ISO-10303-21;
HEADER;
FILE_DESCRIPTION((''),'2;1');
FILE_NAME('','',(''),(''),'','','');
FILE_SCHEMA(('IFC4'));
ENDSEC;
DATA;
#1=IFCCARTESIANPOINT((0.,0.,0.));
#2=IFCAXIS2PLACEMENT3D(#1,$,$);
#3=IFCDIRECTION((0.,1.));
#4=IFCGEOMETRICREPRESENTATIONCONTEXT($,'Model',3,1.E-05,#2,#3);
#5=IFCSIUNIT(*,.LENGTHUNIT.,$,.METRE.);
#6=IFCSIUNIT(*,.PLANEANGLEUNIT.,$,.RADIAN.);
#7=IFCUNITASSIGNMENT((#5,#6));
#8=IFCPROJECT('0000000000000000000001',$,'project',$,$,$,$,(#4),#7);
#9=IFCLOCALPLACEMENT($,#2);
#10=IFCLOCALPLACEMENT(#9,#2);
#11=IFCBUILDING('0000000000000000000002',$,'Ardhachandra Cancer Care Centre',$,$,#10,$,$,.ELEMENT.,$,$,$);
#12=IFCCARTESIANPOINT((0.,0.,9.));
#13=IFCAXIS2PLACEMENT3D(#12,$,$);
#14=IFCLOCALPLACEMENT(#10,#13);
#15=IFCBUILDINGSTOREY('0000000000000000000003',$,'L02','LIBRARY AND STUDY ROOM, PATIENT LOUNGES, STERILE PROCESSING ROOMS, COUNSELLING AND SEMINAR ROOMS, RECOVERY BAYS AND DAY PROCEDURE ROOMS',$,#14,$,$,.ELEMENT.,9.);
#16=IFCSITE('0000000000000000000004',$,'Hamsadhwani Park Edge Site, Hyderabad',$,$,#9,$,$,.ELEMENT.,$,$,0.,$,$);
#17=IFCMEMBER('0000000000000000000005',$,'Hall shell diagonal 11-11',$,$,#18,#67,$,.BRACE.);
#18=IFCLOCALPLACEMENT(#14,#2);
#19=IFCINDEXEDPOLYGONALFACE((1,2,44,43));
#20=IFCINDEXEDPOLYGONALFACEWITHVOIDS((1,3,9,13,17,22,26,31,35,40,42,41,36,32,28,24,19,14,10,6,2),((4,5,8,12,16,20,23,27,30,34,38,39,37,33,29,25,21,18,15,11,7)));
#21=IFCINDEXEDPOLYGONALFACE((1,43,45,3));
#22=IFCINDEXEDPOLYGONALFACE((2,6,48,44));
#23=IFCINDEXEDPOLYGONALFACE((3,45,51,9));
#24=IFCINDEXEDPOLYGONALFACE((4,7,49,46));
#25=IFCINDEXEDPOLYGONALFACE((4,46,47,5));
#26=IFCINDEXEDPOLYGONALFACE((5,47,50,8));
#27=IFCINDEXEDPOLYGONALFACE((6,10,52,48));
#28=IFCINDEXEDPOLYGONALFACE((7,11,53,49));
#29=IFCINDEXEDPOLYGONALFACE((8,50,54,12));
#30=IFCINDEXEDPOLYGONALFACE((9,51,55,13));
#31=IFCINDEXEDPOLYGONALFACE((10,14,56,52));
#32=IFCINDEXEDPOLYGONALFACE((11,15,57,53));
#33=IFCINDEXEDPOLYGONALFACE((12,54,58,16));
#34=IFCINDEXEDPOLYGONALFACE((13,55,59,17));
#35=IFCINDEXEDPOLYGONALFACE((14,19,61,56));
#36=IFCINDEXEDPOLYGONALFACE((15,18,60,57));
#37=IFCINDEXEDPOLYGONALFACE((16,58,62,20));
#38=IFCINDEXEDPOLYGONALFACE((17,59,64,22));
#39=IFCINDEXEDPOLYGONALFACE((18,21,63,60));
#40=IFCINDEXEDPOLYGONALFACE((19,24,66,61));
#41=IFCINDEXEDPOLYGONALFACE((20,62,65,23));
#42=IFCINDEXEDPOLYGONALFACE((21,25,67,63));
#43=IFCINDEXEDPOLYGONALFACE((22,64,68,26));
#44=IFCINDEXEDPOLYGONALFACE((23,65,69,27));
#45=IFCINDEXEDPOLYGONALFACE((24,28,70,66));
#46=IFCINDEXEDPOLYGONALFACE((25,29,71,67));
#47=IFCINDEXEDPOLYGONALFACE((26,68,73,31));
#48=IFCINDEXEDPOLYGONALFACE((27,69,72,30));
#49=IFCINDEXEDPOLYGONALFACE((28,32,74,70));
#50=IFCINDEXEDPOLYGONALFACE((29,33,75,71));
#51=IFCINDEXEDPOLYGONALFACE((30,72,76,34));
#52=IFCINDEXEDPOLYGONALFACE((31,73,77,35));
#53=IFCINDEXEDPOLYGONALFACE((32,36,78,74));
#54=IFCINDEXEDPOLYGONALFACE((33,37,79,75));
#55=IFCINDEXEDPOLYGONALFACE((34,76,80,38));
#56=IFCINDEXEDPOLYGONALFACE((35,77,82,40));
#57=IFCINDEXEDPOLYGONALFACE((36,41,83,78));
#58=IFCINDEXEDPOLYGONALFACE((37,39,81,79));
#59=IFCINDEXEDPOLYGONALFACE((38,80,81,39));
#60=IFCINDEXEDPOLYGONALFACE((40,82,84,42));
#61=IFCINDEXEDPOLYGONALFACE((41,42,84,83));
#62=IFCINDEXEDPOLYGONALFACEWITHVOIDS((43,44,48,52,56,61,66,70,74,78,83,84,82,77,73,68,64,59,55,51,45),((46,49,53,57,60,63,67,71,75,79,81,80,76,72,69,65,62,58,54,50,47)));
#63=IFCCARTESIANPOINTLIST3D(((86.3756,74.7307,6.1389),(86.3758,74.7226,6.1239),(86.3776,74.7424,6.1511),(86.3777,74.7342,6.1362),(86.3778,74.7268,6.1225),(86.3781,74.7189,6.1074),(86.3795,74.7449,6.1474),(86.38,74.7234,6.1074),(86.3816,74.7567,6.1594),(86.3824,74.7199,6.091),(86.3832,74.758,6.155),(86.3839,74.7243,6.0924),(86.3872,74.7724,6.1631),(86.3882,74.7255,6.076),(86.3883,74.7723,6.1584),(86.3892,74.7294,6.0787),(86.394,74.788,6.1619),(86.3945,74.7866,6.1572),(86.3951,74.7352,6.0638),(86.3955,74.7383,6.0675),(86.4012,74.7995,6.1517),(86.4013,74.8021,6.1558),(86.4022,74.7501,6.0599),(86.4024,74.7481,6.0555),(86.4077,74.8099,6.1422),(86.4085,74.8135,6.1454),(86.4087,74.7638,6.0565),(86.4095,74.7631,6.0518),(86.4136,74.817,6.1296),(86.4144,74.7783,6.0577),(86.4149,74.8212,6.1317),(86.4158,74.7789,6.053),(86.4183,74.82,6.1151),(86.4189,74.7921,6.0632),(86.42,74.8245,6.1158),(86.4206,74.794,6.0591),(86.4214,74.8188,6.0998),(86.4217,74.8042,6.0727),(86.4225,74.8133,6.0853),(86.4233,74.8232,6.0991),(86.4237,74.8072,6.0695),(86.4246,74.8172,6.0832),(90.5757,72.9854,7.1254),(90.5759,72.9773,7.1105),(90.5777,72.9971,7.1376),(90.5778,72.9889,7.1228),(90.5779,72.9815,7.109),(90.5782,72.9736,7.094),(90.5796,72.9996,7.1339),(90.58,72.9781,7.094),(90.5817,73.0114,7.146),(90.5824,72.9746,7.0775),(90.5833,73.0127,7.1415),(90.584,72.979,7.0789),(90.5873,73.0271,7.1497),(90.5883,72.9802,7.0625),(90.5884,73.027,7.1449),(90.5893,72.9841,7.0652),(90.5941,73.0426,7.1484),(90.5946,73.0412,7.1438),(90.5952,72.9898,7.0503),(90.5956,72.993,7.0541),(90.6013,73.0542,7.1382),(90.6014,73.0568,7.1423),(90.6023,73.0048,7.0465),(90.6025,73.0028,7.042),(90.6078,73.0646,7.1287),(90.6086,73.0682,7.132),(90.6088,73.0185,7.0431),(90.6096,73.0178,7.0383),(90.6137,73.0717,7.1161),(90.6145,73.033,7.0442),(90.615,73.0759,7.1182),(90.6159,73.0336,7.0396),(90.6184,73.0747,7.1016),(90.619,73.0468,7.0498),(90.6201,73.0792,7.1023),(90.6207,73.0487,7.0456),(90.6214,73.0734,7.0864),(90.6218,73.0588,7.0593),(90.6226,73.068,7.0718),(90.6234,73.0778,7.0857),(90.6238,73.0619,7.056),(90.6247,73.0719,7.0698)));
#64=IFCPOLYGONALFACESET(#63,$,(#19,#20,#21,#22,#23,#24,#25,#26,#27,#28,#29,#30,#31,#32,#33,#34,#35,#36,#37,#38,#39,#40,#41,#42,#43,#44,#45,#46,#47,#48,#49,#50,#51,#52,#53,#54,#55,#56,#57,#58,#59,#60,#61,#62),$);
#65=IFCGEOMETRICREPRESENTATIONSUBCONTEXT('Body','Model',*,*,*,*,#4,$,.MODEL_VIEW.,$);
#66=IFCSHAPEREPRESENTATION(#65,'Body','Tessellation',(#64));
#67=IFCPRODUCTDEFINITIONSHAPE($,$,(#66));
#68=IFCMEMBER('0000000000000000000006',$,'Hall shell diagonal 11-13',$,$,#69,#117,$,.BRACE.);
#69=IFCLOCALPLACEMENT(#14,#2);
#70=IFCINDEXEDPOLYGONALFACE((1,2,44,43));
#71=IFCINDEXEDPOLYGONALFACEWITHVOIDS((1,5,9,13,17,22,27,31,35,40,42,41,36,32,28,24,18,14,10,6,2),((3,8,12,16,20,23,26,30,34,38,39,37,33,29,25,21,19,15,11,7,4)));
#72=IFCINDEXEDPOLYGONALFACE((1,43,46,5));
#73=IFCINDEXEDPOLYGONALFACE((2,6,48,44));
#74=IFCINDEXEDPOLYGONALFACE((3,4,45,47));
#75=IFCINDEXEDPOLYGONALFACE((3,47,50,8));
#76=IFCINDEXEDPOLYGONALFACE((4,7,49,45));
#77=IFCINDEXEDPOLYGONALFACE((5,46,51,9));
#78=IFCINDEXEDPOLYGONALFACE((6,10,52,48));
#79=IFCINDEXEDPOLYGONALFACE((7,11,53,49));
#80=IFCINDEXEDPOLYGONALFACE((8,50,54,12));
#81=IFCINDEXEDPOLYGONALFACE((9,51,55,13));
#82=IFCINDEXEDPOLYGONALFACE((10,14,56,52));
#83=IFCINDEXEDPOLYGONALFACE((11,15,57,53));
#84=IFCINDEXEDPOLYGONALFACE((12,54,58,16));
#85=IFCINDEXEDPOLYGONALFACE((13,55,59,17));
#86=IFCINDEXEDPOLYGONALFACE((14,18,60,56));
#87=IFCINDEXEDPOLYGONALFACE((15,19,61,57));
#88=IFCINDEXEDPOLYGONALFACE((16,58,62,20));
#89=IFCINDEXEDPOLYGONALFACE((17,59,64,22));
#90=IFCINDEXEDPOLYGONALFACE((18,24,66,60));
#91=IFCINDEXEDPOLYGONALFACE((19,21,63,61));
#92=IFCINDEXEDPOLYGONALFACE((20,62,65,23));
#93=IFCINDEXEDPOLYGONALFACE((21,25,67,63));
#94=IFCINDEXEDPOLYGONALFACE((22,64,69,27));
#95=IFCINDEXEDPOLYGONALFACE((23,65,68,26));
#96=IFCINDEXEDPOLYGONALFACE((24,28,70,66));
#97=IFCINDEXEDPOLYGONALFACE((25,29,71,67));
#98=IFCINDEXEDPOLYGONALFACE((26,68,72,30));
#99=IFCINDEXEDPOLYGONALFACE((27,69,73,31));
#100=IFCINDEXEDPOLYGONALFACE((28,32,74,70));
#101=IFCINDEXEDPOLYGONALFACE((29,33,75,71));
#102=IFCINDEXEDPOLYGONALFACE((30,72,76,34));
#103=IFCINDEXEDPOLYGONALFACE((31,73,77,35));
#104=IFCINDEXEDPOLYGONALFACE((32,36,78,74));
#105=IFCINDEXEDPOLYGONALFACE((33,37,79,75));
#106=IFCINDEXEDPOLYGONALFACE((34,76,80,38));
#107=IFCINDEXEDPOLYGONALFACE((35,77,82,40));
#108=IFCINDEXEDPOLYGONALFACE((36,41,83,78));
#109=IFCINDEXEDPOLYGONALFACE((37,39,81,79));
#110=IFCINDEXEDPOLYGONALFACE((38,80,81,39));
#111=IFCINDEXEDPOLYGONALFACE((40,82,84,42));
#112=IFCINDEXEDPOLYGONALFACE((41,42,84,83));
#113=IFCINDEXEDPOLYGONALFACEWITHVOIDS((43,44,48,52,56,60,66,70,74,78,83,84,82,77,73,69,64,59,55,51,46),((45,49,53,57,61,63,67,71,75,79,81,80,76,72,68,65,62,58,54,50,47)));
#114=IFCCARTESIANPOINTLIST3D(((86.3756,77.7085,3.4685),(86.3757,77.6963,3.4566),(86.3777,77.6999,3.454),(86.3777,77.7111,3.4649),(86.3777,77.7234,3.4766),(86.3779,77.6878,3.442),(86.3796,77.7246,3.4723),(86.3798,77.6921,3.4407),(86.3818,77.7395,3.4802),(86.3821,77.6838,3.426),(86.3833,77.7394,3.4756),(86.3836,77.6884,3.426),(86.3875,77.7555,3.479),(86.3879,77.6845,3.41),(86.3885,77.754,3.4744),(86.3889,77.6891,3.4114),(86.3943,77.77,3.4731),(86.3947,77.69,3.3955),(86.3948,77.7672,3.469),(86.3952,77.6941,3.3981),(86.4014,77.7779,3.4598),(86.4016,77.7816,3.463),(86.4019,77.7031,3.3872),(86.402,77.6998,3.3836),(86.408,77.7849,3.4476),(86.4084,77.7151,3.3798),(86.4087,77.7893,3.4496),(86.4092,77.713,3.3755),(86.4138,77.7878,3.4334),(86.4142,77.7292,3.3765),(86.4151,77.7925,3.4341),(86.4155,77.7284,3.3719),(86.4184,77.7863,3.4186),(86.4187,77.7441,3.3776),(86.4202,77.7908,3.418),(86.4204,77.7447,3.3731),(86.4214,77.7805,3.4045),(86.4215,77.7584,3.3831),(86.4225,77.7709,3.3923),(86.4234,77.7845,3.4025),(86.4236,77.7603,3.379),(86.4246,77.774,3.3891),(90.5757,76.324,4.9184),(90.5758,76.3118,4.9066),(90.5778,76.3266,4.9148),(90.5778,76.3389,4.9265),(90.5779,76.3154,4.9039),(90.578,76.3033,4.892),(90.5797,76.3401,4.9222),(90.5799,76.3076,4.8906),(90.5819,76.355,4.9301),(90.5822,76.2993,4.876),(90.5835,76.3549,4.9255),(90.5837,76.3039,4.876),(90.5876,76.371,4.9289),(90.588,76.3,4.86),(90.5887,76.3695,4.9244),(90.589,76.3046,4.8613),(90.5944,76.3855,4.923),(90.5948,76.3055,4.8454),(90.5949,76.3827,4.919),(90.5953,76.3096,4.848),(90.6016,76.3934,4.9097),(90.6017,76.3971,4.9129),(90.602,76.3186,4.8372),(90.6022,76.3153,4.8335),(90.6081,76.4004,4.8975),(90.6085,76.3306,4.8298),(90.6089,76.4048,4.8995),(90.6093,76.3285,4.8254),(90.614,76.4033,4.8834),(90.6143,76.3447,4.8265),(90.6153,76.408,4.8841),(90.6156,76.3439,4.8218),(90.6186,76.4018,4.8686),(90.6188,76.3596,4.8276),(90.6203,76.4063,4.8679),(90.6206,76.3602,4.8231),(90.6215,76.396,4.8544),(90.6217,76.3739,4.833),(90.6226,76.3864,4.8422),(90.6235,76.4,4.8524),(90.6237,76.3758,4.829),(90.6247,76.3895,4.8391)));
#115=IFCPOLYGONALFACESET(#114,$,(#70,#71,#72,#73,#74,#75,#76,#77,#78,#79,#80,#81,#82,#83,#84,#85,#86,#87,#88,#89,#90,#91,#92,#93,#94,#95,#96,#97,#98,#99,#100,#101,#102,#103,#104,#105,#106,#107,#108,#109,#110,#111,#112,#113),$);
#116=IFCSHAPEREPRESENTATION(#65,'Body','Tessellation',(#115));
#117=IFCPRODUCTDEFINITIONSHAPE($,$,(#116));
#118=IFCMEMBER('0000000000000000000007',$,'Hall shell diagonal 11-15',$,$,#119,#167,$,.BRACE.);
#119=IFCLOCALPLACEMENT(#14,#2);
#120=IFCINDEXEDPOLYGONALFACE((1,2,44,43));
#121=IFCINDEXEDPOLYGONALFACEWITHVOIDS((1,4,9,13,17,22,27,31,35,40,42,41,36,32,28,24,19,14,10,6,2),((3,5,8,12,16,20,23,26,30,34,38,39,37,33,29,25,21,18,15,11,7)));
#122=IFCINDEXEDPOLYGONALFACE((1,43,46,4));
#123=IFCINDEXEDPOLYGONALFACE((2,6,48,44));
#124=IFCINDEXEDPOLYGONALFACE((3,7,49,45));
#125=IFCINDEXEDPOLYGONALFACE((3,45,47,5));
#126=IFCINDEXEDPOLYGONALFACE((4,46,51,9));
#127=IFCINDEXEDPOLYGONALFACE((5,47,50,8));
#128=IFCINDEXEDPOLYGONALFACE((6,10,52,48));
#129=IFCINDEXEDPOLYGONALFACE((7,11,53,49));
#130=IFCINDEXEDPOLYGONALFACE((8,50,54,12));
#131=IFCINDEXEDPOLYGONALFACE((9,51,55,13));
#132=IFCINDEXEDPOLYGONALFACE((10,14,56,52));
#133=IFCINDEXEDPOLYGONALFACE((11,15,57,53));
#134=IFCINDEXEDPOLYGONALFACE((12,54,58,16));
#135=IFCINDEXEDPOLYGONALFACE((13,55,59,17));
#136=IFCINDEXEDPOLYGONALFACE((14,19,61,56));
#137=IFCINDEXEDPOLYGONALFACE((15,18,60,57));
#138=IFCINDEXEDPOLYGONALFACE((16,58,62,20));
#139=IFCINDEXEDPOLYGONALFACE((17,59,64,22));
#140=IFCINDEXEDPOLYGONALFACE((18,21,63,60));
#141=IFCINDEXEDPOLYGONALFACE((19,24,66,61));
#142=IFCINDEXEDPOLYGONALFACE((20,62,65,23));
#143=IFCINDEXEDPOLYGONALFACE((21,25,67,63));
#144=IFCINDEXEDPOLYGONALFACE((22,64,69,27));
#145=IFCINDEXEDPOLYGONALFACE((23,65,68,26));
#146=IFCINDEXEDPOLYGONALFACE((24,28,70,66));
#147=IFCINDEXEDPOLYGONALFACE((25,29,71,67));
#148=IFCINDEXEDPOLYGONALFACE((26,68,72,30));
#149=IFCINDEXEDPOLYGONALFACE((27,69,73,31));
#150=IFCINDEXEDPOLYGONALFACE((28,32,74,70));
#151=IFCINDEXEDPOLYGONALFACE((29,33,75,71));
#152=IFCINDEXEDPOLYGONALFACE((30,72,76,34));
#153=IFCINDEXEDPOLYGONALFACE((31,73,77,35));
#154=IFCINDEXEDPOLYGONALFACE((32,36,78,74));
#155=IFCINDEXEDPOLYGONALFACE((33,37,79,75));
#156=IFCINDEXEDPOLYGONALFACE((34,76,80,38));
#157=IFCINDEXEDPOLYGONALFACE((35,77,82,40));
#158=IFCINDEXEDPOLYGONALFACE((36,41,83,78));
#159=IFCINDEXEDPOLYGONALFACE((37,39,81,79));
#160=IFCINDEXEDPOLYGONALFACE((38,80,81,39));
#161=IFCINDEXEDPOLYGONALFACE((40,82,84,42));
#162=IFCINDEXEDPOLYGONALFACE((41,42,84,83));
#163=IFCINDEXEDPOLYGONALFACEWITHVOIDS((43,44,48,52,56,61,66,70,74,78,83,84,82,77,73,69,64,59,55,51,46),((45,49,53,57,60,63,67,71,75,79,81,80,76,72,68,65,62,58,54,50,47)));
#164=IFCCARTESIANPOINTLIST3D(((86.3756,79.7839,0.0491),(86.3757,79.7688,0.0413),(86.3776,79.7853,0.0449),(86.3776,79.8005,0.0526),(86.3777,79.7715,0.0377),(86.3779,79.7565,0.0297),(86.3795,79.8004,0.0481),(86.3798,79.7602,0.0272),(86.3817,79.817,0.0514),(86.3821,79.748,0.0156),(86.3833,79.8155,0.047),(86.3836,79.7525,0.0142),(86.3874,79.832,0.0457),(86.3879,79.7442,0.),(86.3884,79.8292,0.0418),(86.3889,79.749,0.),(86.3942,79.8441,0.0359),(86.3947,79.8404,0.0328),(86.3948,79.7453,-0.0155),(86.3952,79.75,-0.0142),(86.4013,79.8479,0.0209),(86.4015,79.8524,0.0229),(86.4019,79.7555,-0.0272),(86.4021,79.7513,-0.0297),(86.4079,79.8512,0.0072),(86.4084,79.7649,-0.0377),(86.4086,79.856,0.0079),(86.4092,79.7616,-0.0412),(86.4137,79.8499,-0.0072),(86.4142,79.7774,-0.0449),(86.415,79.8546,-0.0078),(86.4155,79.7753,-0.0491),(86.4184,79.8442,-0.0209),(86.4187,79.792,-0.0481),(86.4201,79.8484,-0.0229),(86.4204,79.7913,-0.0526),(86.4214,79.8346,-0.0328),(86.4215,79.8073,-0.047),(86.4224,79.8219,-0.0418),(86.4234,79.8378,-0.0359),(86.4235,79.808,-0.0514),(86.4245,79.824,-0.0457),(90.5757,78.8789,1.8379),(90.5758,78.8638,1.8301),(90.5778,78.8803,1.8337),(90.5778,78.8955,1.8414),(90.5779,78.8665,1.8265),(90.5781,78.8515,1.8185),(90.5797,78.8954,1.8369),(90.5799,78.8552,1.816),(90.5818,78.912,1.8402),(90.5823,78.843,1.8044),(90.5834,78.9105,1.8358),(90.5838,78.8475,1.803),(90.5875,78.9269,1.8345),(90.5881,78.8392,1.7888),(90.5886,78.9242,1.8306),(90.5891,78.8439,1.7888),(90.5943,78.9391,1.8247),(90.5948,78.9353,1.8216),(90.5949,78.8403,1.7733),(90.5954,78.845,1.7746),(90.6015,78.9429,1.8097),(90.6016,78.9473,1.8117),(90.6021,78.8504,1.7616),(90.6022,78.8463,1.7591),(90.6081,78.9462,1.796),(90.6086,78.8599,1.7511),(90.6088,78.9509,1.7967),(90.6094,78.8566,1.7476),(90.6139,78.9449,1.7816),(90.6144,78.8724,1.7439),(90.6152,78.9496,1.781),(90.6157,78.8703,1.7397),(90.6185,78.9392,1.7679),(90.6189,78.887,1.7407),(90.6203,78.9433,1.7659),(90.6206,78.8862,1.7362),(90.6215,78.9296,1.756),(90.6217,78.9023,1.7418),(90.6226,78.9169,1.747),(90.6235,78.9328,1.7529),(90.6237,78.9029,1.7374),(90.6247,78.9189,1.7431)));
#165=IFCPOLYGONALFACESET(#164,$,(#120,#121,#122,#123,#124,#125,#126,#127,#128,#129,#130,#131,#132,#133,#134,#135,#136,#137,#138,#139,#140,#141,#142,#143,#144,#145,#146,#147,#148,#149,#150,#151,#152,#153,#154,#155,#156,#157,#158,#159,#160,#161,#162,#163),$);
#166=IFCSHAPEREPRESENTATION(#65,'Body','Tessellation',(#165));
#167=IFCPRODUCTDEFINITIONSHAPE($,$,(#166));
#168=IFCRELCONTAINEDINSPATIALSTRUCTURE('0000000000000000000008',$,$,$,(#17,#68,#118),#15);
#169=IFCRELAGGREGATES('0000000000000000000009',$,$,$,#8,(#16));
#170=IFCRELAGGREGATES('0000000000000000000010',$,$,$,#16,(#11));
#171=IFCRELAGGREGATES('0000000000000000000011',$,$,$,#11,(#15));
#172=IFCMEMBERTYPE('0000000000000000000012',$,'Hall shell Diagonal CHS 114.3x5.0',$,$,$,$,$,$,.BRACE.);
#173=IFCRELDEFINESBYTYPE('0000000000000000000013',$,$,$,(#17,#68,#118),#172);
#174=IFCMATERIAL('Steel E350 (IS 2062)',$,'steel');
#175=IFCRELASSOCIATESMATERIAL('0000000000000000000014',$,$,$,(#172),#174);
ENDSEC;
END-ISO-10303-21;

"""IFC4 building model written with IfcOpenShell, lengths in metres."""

from ifc_helpers import new_model, si_unit, direction, frame, origin, origin_2d, place, context, subcontext, project, spatial, hollow_circle, extrude, material, material_profile, profile_set, type_object, element, save


model = new_model("IFC4")

# Units and contexts
model_context = context("Model", 3, precision=1e-05, world=origin(), true_north=direction((0.0, 1.0)))
body_context = subcontext(model_context, "Body", "Model", "MODEL_VIEW")
ifc_project = project(units=[si_unit("LENGTHUNIT", "METRE"), si_unit("PLANEANGLEUNIT", "RADIAN")], contexts=[model_context])

# Site, building, storey
site_placement = place(None, origin())
site = spatial("IfcSite", under=ifc_project, at=site_placement, Name="Hamsadhwani Park Edge Site, Hyderabad", CompositionType="ELEMENT", RefElevation=0.0)
building_placement = place(site_placement, origin())
building = spatial("IfcBuilding", under=site, at=building_placement, Name="Ardhachandra Cancer Care Centre", CompositionType="ELEMENT")
storey_placement = place(building_placement, frame((0.0, 0.0, 9.0)))
storey = spatial("IfcBuildingStorey", under=building, at=storey_placement, Name="L02", Description="LIBRARY AND STUDY ROOM, PATIENT LOUNGES, STERILE PROCESSING ROOMS, COUNSELLING AND SEMINAR ROOMS, RECOVERY BAYS AND DAY PROCEDURE ROOMS", CompositionType="ELEMENT", Elevation=9.0)

# Members
ifc_material_1 = material(Name="Steel E350 (IS 2062)", Category="steel")
ifc_material_profile_1 = material_profile(ifc_material_1, hollow_circle(Radius=0.0571, WallThickness=0.0049, at=origin_2d()), Name="CHS 114.3x5.0")
ifc_profile_set_1 = profile_set([ifc_material_profile_1], Name="Steel E350 (IS 2062)")
member_type_1 = type_object("IfcMemberType", Name="Hall shell Diagonal CHS 114.3x5.0", PredefinedType="BRACE", material=ifc_profile_set_1)
for number, where, z_axis, x_axis, name in (
    (1, (90.6001, 73.0264, 7.094), (-0.902459, 0.375011, -0.211976), (-0.383731, -0.923445, 0.0), "Hall shell diagonal 11-11"),
    (2, (90.6001, 76.3535, 4.876), (-0.902467, 0.297483, -0.311541), (-0.313063, -0.949732, 0.0), "Hall shell diagonal 11-13"),
    (3, (90.6001, 78.895, 1.7888), (-0.902473, 0.194459, -0.384354), (-0.210639, -0.977564, 0.0), "Hall shell diagonal 11-15"),
):
    element("IfcMember", number, at=place(storey_placement, frame(where, z_axis=z_axis, x_axis=x_axis)), inside=storey, type_object=member_type_1, Name=name, PredefinedType="BRACE", context=body_context, shape_type="SweptSolid", body=[
        extrude(hollow_circle(Radius=0.0571, WallThickness=0.0049, at=origin_2d()), origin(), (0.0, 0.0, 1.0), 4.6541),
    ])

save(model, "model.ifc")
